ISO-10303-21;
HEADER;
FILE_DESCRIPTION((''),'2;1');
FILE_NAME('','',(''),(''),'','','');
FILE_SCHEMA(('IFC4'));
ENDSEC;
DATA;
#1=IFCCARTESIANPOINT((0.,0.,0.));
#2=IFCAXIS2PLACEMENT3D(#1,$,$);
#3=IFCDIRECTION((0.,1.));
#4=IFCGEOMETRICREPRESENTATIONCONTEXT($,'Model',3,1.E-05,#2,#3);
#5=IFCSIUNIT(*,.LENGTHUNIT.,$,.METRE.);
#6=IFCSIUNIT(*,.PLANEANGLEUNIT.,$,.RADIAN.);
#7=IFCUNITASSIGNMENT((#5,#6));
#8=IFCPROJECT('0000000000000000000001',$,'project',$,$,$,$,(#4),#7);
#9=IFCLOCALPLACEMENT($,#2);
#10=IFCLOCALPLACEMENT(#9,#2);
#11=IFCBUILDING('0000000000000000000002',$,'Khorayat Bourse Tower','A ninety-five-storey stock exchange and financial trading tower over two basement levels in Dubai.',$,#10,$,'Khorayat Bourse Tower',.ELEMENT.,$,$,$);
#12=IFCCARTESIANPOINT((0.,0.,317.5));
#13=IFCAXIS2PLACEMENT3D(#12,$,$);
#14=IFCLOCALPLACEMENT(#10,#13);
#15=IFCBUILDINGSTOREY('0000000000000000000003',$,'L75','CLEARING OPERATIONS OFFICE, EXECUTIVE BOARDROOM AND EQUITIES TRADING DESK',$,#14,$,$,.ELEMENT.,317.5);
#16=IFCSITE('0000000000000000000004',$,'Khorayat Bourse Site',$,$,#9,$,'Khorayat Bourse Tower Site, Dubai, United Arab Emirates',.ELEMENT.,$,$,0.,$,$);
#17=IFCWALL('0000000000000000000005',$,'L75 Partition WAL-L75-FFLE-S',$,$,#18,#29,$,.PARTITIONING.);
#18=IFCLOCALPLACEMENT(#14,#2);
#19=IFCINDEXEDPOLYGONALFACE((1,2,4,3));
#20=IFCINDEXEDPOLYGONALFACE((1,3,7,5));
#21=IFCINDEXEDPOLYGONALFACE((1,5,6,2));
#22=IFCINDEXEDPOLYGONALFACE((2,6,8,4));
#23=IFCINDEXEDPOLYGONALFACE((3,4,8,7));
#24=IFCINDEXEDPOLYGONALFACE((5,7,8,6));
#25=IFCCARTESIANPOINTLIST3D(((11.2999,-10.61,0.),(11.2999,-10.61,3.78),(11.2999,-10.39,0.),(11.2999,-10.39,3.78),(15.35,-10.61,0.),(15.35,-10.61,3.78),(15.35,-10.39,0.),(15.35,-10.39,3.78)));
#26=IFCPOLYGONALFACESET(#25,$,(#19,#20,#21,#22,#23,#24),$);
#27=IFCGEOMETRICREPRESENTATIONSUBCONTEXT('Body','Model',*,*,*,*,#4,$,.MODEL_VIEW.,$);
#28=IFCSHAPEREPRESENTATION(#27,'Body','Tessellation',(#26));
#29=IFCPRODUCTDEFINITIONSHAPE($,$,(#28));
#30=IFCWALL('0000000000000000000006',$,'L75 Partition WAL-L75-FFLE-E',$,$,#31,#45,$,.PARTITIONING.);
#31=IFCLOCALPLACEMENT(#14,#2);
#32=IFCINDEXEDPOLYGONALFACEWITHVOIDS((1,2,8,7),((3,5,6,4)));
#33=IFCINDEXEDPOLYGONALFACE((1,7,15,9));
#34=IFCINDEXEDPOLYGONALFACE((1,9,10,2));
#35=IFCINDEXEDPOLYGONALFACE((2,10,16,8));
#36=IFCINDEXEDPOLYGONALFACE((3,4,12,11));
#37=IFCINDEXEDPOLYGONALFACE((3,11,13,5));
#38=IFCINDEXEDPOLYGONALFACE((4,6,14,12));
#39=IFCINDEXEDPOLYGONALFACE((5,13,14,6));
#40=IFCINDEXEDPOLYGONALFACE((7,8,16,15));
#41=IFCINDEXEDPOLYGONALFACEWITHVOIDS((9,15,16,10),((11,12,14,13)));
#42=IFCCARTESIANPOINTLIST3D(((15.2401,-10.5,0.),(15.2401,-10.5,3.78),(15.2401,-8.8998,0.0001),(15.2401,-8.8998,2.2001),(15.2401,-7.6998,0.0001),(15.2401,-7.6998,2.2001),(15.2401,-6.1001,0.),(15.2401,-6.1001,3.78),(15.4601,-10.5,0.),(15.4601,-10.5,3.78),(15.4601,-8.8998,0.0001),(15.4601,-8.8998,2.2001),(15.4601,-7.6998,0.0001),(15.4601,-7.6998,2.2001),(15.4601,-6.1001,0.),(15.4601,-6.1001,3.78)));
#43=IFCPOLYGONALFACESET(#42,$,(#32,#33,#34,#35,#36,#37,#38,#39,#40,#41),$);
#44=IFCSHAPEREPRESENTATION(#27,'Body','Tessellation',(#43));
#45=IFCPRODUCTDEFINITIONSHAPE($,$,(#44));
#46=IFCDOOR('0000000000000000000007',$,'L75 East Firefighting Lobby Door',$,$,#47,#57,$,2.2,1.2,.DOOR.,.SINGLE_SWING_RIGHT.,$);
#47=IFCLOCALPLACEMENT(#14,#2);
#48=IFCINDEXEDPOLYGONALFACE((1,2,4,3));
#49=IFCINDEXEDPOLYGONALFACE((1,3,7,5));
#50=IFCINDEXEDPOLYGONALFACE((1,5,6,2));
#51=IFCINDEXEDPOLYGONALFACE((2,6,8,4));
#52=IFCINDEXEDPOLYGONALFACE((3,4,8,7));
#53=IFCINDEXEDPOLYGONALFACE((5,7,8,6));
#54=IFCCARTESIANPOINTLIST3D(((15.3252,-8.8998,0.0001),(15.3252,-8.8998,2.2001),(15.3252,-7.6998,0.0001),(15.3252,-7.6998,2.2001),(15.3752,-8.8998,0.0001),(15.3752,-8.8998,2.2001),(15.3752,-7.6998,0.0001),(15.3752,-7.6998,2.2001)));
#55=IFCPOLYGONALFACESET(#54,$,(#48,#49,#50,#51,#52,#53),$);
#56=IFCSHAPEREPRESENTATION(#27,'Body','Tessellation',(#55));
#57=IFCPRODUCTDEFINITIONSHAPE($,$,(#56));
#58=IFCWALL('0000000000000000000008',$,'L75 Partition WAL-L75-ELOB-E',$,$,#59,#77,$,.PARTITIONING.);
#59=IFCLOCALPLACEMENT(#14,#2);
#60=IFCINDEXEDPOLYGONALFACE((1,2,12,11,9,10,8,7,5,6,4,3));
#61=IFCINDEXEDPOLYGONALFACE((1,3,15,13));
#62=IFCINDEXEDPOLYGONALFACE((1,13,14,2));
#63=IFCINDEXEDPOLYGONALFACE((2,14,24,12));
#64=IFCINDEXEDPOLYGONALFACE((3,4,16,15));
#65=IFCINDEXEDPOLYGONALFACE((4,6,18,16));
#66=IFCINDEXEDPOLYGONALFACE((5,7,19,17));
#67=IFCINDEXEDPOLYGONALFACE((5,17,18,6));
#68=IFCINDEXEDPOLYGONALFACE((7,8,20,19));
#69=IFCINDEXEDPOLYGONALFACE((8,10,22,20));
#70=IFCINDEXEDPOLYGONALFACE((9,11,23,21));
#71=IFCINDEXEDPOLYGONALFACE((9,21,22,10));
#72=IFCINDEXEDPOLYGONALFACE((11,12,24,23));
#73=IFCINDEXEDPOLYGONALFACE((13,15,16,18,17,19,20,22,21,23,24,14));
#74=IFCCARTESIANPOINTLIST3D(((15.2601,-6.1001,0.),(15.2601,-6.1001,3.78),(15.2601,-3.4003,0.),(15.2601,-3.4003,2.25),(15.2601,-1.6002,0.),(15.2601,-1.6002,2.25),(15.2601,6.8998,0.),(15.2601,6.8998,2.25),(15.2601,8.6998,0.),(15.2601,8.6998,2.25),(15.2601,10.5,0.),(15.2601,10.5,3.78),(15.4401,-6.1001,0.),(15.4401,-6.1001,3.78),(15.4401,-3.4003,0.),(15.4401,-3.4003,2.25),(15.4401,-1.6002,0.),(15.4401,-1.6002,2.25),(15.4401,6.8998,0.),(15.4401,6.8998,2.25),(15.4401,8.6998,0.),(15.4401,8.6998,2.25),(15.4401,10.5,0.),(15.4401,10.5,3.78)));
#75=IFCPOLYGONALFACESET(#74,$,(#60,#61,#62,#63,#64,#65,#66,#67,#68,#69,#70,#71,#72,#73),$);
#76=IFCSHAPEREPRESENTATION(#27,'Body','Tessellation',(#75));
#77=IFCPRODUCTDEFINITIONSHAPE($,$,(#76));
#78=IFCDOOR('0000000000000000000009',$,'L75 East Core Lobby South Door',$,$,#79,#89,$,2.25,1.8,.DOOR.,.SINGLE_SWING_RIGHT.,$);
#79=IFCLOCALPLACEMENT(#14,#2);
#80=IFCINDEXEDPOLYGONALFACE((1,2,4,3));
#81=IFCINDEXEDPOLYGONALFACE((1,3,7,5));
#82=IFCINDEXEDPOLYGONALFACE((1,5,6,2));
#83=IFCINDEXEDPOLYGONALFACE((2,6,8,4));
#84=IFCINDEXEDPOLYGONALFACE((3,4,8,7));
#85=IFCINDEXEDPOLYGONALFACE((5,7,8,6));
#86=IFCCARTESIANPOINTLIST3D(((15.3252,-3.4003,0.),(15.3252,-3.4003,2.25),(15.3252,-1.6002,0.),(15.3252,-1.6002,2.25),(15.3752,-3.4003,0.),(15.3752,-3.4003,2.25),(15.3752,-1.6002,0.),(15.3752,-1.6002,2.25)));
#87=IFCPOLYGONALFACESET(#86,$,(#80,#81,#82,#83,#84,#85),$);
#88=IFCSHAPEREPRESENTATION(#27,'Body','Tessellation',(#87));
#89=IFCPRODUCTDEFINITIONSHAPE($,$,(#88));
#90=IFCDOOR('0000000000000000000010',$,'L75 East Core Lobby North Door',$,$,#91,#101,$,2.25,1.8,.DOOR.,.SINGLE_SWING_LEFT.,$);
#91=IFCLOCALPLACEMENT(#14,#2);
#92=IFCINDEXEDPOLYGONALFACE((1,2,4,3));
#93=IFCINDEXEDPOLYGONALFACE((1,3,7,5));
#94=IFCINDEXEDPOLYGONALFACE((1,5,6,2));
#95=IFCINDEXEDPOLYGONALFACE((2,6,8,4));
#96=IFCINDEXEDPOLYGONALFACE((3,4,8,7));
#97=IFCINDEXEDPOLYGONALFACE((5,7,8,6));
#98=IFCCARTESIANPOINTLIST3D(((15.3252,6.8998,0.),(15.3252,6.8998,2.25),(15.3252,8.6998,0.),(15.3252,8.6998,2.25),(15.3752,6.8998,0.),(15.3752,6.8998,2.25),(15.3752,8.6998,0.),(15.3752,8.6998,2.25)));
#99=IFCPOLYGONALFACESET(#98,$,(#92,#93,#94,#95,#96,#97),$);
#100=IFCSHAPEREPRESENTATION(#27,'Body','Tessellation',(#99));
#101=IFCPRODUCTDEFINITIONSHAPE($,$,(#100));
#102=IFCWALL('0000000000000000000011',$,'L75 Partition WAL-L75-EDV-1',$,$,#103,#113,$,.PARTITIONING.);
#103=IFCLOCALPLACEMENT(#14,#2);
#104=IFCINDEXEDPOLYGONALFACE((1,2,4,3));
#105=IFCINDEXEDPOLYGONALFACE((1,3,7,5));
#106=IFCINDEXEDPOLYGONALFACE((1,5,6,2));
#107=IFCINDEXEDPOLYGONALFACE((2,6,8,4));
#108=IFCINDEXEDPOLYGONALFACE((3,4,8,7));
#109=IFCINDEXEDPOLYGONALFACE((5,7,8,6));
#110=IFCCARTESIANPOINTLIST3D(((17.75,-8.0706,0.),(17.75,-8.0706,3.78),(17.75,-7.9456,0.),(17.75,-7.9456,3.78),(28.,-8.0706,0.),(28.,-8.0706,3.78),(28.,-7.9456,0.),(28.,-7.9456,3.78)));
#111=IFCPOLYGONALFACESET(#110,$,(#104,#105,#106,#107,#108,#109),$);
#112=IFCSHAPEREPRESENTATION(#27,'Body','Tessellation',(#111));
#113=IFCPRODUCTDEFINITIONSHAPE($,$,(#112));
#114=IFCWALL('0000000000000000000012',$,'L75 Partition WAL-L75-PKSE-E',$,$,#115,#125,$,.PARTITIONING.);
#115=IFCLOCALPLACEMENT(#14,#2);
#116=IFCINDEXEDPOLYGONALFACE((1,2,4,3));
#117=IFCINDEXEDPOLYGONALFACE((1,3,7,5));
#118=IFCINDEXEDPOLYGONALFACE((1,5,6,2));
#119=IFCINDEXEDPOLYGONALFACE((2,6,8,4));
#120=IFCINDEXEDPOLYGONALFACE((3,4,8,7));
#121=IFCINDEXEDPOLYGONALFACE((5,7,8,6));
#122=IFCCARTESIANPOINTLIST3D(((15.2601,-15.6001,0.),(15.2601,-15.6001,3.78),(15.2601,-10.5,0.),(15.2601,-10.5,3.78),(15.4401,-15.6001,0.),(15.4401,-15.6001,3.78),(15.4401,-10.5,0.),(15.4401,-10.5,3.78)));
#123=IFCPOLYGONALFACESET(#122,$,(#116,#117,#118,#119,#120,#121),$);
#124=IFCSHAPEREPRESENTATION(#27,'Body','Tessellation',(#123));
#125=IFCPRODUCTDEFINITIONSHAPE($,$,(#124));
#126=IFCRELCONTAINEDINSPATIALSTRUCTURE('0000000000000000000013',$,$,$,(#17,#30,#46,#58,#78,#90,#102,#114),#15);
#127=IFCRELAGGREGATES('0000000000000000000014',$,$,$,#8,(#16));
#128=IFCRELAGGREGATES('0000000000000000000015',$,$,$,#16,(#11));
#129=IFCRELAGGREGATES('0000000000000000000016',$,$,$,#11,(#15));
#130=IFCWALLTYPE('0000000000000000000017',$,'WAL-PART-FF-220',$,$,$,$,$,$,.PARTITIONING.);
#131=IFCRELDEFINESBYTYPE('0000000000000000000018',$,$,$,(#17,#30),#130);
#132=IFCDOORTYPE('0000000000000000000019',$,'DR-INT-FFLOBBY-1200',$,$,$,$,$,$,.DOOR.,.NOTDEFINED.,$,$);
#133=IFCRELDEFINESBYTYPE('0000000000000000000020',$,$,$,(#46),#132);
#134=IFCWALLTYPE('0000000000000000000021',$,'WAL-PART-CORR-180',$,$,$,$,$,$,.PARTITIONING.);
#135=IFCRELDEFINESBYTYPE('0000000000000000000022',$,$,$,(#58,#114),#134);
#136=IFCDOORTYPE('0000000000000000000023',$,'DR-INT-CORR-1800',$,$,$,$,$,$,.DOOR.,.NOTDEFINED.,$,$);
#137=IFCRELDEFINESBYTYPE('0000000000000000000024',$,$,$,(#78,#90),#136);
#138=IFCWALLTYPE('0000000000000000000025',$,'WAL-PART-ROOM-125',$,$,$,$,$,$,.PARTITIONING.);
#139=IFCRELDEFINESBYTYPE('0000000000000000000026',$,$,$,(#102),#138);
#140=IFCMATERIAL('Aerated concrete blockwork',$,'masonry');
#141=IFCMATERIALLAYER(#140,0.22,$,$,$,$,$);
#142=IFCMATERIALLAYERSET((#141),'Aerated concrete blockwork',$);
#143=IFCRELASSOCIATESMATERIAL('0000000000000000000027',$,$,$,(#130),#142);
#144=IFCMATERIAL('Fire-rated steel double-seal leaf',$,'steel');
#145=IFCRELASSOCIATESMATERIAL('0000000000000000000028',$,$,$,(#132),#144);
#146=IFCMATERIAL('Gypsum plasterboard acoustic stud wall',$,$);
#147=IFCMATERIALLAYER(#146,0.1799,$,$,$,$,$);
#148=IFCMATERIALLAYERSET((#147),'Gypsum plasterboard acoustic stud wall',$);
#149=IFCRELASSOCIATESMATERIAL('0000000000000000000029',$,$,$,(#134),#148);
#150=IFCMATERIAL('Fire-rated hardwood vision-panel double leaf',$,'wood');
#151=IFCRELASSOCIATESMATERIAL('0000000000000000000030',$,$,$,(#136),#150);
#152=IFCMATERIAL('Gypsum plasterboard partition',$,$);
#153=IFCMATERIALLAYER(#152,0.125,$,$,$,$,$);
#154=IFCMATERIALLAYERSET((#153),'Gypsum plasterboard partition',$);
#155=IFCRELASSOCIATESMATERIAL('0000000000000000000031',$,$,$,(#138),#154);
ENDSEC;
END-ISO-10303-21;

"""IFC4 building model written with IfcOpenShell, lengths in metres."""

from ifc_helpers import new_model, si_unit, direction, frame, frame_2d, origin, place, context, subcontext, project, spatial, rectangle, extrude, source, transform, mapped, material, layer, layer_set, type_object, element, fill, save


model = new_model("IFC4")

# Units and contexts
model_context = context("Model", 3, precision=1e-05, world=origin(), true_north=direction((0.0, 1.0)))
body_context = subcontext(model_context, "Body", "Model", "MODEL_VIEW")
ifc_project = project(units=[si_unit("LENGTHUNIT", "METRE"), si_unit("PLANEANGLEUNIT", "RADIAN")], contexts=[model_context])

# Site, building, storey
site_placement = place(None, origin())
site = spatial("IfcSite", under=ifc_project, at=site_placement, Name="Khorayat Bourse Site", LongName="Khorayat Bourse Tower Site, Dubai, United Arab Emirates", CompositionType="ELEMENT", RefElevation=0.0)
building_placement = place(site_placement, origin())
building = spatial("IfcBuilding", under=site, at=building_placement, Name="Khorayat Bourse Tower", Description="A ninety-five-storey stock exchange and financial trading tower over two basement levels in Dubai.", LongName="Khorayat Bourse Tower", CompositionType="ELEMENT")
storey_placement = place(building_placement, frame((0.0, 0.0, 317.5)))
storey = spatial("IfcBuildingStorey", under=building, at=storey_placement, Name="L75", Description="CLEARING OPERATIONS OFFICE, EXECUTIVE BOARDROOM AND EQUITIES TRADING DESK", CompositionType="ELEMENT", Elevation=317.5)

# Wall
ifc_material_1 = material(Name="Aerated concrete blockwork", Category="masonry")
ifc_layer_1 = layer(ifc_material_1, 0.22)
ifc_layer_set_1 = layer_set([ifc_layer_1], Name="Aerated concrete blockwork")
wall_type_1 = type_object("IfcWallType", Name="WAL-PART-FF-220", PredefinedType="PARTITIONING", material=ifc_layer_set_1)
shared_shape_1 = source(origin(), body_context, "Body", "SweptSolid", [
    extrude(rectangle(XDim=4.05, YDim=0.22, at=frame_2d((2.0249, 0.0))), origin(), (0.0, 0.0, 1.0), 3.78),
])
wall_1_placement = place(storey_placement, frame((11.3, -10.5, 0.0), z_axis=(0.0, 0.0, 1.0), x_axis=(1.0, 0.0, 0.0)))
element("IfcWall", 1, at=wall_1_placement, inside=storey, type_object=wall_type_1, Name="L75 Partition WAL-L75-FFLE-S", PredefinedType="PARTITIONING", context=body_context, shape_type="MappedRepresentation", body=[
    mapped(shared_shape_1, transform((0.0, 0.0, 0.0), scale=1.0)),
])

# Wall, opening, door
shared_shape_2 = source(origin(), body_context, "Body", "SweptSolid", [
    extrude(rectangle(XDim=4.3999, YDim=0.22, at=frame_2d((2.2, 0.0))), origin(), (0.0, 0.0, 1.0), 3.78),
])
wall_2_placement = place(storey_placement, frame((15.3501, -10.5, 0.0), z_axis=(0.0, 0.0, 1.0), x_axis=(0.0, 1.0, 0.0)))
wall_2 = element("IfcWall", 2, at=wall_2_placement, inside=storey, type_object=wall_type_1, Name="L75 Partition WAL-L75-FFLE-E", PredefinedType="PARTITIONING", context=body_context, shape_type="MappedRepresentation", body=[
    mapped(shared_shape_2, transform((0.0, 0.0, 0.0), scale=1.0)),
])
shared_shape_3 = source(origin(), body_context, "Body", "SweptSolid", [
    extrude(rectangle(XDim=1.2, YDim=2.2, at=frame_2d((0.6001, 1.1001))), frame((0.0, 0.1199, 0.0), z_axis=(0.0, -1.0, 0.0), x_axis=(1.0, 0.0, 0.0)), (0.0, 0.0, 1.0), 0.24),
])
opening_1_placement = place(wall_2_placement, frame((1.6001, 0.0, 0.0)))
opening_1 = element("IfcOpeningElement", 3, at=opening_1_placement, cuts=wall_2, PredefinedType="OPENING", context=body_context, shape_type="MappedRepresentation", body=[
    mapped(shared_shape_3, transform((0.0, 0.0, 0.0), scale=1.0)),
])
ifc_material_2 = material(Name="Fire-rated steel double-seal leaf", Category="steel")
door_type_1 = type_object("IfcDoorType", Name="DR-INT-FFLOBBY-1200", OperationType="NOTDEFINED", PredefinedType="DOOR", material=ifc_material_2)
shared_shape_4 = source(origin(), body_context, "Body", "SweptSolid", [
    extrude(rectangle(XDim=1.2, YDim=2.2, at=frame_2d((0.6001, 1.1001))), frame((0.0, 0.0249, 0.0), z_axis=(0.0, -1.0, 0.0), x_axis=(1.0, 0.0, 0.0)), (0.0, 0.0, 1.0), 0.05),
])
door_1_placement = place(opening_1_placement, origin())
door_1 = element("IfcDoor", 4, at=door_1_placement, inside=storey, type_object=door_type_1, Name="L75 East Firefighting Lobby Door", OperationType="SINGLE_SWING_RIGHT", OverallHeight=2.2, OverallWidth=1.2, PredefinedType="DOOR", context=body_context, shape_type="MappedRepresentation", body=[
    mapped(shared_shape_4, transform((0.0, 0.0, 0.0), scale=1.0)),
])
fill(opening_1, door_1)

# Wall, openings, doors
ifc_material_3 = material(Name="Gypsum plasterboard acoustic stud wall")
ifc_layer_2 = layer(ifc_material_3, 0.1799)
ifc_layer_set_2 = layer_set([ifc_layer_2], Name="Gypsum plasterboard acoustic stud wall")
wall_type_2 = type_object("IfcWallType", Name="WAL-PART-CORR-180", PredefinedType="PARTITIONING", material=ifc_layer_set_2)
shared_shape_5 = source(origin(), body_context, "Body", "SweptSolid", [
    extrude(rectangle(XDim=16.6001, YDim=0.1799, at=frame_2d((8.3, 0.0))), origin(), (0.0, 0.0, 1.0), 3.78),
])
wall_3_placement = place(storey_placement, frame((15.3501, -6.1001, 0.0), z_axis=(0.0, 0.0, 1.0), x_axis=(0.0, 1.0, 0.0)))
wall_3 = element("IfcWall", 5, at=wall_3_placement, inside=storey, type_object=wall_type_2, Name="L75 Partition WAL-L75-ELOB-E", PredefinedType="PARTITIONING", context=body_context, shape_type="MappedRepresentation", body=[
    mapped(shared_shape_5, transform((0.0, 0.0, 0.0), scale=1.0)),
])
shared_shape_6 = source(origin(), body_context, "Body", "SweptSolid", [
    extrude(rectangle(XDim=1.8, YDim=2.25, at=frame_2d((0.8999, 1.125))), frame((0.0, 0.0999, 0.0), z_axis=(0.0, -1.0, 0.0), x_axis=(1.0, 0.0, 0.0)), (0.0, 0.0, 1.0), 0.2),
])
opening_2_placement = place(wall_3_placement, frame((2.7, 0.0, 0.0)))
opening_2 = element("IfcOpeningElement", 6, at=opening_2_placement, cuts=wall_3, PredefinedType="OPENING", context=body_context, shape_type="MappedRepresentation", body=[
    mapped(shared_shape_6, transform((0.0, 0.0, 0.0), scale=1.0)),
])
opening_3_placement = place(wall_3_placement, frame((13.0, 0.0, 0.0)))
opening_3 = element("IfcOpeningElement", 7, at=opening_3_placement, cuts=wall_3, PredefinedType="OPENING", context=body_context, shape_type="MappedRepresentation", body=[
    mapped(shared_shape_6, transform((0.0, 0.0, 0.0), scale=1.0)),
])
ifc_material_4 = material(Name="Fire-rated hardwood vision-panel double leaf", Category="wood")
door_type_2 = type_object("IfcDoorType", Name="DR-INT-CORR-1800", OperationType="NOTDEFINED", PredefinedType="DOOR", material=ifc_material_4)
shared_shape_7 = source(origin(), body_context, "Body", "SweptSolid", [
    extrude(rectangle(XDim=1.8, YDim=2.25, at=frame_2d((0.8999, 1.125))), frame((0.0, 0.0249, 0.0), z_axis=(0.0, -1.0, 0.0), x_axis=(1.0, 0.0, 0.0)), (0.0, 0.0, 1.0), 0.05),
])
door_2_placement = place(opening_2_placement, origin())
door_2 = element("IfcDoor", 8, at=door_2_placement, inside=storey, type_object=door_type_2, Name="L75 East Core Lobby South Door", OperationType="SINGLE_SWING_RIGHT", OverallHeight=2.25, OverallWidth=1.8, PredefinedType="DOOR", context=body_context, shape_type="MappedRepresentation", body=[
    mapped(shared_shape_7, transform((0.0, 0.0, 0.0), scale=1.0)),
])
fill(opening_2, door_2)
door_3_placement = place(opening_3_placement, origin())
door_3 = element("IfcDoor", 9, at=door_3_placement, inside=storey, type_object=door_type_2, Name="L75 East Core Lobby North Door", OperationType="SINGLE_SWING_LEFT", OverallHeight=2.25, OverallWidth=1.8, PredefinedType="DOOR", context=body_context, shape_type="MappedRepresentation", body=[
    mapped(shared_shape_7, transform((0.0, 0.0, 0.0), scale=1.0)),
])
fill(opening_3, door_3)

# Walls
ifc_material_5 = material(Name="Gypsum plasterboard partition")
ifc_layer_3 = layer(ifc_material_5, 0.125)
ifc_layer_set_3 = layer_set([ifc_layer_3], Name="Gypsum plasterboard partition")
wall_type_3 = type_object("IfcWallType", Name="WAL-PART-ROOM-125", PredefinedType="PARTITIONING", material=ifc_layer_set_3)
shared_shape_8 = source(origin(), body_context, "Body", "SweptSolid", [
    extrude(rectangle(XDim=10.25, YDim=0.125, at=frame_2d((5.125, 0.0))), origin(), (0.0, 0.0, 1.0), 3.78),
])
wall_4_placement = place(storey_placement, frame((17.75, -8.0081, 0.0), z_axis=(0.0, 0.0, 1.0), x_axis=(1.0, 0.0, 0.0)))
element("IfcWall", 10, at=wall_4_placement, inside=storey, type_object=wall_type_3, Name="L75 Partition WAL-L75-EDV-1", PredefinedType="PARTITIONING", context=body_context, shape_type="MappedRepresentation", body=[
    mapped(shared_shape_8, transform((0.0, 0.0, 0.0), scale=1.0)),
])
shared_shape_9 = source(origin(), body_context, "Body", "SweptSolid", [
    extrude(rectangle(XDim=5.1001, YDim=0.1799, at=frame_2d((2.55, 0.0))), origin(), (0.0, 0.0, 1.0), 3.78),
])
wall_5_placement = place(storey_placement, frame((15.3501, -15.6001, 0.0), z_axis=(0.0, 0.0, 1.0), x_axis=(0.0, 1.0, 0.0)))
element("IfcWall", 11, at=wall_5_placement, inside=storey, type_object=wall_type_2, Name="L75 Partition WAL-L75-PKSE-E", PredefinedType="PARTITIONING", context=body_context, shape_type="MappedRepresentation", body=[
    mapped(shared_shape_9, transform((0.0, 0.0, 0.0), scale=1.0)),
])

save(model, "model.ifc")
